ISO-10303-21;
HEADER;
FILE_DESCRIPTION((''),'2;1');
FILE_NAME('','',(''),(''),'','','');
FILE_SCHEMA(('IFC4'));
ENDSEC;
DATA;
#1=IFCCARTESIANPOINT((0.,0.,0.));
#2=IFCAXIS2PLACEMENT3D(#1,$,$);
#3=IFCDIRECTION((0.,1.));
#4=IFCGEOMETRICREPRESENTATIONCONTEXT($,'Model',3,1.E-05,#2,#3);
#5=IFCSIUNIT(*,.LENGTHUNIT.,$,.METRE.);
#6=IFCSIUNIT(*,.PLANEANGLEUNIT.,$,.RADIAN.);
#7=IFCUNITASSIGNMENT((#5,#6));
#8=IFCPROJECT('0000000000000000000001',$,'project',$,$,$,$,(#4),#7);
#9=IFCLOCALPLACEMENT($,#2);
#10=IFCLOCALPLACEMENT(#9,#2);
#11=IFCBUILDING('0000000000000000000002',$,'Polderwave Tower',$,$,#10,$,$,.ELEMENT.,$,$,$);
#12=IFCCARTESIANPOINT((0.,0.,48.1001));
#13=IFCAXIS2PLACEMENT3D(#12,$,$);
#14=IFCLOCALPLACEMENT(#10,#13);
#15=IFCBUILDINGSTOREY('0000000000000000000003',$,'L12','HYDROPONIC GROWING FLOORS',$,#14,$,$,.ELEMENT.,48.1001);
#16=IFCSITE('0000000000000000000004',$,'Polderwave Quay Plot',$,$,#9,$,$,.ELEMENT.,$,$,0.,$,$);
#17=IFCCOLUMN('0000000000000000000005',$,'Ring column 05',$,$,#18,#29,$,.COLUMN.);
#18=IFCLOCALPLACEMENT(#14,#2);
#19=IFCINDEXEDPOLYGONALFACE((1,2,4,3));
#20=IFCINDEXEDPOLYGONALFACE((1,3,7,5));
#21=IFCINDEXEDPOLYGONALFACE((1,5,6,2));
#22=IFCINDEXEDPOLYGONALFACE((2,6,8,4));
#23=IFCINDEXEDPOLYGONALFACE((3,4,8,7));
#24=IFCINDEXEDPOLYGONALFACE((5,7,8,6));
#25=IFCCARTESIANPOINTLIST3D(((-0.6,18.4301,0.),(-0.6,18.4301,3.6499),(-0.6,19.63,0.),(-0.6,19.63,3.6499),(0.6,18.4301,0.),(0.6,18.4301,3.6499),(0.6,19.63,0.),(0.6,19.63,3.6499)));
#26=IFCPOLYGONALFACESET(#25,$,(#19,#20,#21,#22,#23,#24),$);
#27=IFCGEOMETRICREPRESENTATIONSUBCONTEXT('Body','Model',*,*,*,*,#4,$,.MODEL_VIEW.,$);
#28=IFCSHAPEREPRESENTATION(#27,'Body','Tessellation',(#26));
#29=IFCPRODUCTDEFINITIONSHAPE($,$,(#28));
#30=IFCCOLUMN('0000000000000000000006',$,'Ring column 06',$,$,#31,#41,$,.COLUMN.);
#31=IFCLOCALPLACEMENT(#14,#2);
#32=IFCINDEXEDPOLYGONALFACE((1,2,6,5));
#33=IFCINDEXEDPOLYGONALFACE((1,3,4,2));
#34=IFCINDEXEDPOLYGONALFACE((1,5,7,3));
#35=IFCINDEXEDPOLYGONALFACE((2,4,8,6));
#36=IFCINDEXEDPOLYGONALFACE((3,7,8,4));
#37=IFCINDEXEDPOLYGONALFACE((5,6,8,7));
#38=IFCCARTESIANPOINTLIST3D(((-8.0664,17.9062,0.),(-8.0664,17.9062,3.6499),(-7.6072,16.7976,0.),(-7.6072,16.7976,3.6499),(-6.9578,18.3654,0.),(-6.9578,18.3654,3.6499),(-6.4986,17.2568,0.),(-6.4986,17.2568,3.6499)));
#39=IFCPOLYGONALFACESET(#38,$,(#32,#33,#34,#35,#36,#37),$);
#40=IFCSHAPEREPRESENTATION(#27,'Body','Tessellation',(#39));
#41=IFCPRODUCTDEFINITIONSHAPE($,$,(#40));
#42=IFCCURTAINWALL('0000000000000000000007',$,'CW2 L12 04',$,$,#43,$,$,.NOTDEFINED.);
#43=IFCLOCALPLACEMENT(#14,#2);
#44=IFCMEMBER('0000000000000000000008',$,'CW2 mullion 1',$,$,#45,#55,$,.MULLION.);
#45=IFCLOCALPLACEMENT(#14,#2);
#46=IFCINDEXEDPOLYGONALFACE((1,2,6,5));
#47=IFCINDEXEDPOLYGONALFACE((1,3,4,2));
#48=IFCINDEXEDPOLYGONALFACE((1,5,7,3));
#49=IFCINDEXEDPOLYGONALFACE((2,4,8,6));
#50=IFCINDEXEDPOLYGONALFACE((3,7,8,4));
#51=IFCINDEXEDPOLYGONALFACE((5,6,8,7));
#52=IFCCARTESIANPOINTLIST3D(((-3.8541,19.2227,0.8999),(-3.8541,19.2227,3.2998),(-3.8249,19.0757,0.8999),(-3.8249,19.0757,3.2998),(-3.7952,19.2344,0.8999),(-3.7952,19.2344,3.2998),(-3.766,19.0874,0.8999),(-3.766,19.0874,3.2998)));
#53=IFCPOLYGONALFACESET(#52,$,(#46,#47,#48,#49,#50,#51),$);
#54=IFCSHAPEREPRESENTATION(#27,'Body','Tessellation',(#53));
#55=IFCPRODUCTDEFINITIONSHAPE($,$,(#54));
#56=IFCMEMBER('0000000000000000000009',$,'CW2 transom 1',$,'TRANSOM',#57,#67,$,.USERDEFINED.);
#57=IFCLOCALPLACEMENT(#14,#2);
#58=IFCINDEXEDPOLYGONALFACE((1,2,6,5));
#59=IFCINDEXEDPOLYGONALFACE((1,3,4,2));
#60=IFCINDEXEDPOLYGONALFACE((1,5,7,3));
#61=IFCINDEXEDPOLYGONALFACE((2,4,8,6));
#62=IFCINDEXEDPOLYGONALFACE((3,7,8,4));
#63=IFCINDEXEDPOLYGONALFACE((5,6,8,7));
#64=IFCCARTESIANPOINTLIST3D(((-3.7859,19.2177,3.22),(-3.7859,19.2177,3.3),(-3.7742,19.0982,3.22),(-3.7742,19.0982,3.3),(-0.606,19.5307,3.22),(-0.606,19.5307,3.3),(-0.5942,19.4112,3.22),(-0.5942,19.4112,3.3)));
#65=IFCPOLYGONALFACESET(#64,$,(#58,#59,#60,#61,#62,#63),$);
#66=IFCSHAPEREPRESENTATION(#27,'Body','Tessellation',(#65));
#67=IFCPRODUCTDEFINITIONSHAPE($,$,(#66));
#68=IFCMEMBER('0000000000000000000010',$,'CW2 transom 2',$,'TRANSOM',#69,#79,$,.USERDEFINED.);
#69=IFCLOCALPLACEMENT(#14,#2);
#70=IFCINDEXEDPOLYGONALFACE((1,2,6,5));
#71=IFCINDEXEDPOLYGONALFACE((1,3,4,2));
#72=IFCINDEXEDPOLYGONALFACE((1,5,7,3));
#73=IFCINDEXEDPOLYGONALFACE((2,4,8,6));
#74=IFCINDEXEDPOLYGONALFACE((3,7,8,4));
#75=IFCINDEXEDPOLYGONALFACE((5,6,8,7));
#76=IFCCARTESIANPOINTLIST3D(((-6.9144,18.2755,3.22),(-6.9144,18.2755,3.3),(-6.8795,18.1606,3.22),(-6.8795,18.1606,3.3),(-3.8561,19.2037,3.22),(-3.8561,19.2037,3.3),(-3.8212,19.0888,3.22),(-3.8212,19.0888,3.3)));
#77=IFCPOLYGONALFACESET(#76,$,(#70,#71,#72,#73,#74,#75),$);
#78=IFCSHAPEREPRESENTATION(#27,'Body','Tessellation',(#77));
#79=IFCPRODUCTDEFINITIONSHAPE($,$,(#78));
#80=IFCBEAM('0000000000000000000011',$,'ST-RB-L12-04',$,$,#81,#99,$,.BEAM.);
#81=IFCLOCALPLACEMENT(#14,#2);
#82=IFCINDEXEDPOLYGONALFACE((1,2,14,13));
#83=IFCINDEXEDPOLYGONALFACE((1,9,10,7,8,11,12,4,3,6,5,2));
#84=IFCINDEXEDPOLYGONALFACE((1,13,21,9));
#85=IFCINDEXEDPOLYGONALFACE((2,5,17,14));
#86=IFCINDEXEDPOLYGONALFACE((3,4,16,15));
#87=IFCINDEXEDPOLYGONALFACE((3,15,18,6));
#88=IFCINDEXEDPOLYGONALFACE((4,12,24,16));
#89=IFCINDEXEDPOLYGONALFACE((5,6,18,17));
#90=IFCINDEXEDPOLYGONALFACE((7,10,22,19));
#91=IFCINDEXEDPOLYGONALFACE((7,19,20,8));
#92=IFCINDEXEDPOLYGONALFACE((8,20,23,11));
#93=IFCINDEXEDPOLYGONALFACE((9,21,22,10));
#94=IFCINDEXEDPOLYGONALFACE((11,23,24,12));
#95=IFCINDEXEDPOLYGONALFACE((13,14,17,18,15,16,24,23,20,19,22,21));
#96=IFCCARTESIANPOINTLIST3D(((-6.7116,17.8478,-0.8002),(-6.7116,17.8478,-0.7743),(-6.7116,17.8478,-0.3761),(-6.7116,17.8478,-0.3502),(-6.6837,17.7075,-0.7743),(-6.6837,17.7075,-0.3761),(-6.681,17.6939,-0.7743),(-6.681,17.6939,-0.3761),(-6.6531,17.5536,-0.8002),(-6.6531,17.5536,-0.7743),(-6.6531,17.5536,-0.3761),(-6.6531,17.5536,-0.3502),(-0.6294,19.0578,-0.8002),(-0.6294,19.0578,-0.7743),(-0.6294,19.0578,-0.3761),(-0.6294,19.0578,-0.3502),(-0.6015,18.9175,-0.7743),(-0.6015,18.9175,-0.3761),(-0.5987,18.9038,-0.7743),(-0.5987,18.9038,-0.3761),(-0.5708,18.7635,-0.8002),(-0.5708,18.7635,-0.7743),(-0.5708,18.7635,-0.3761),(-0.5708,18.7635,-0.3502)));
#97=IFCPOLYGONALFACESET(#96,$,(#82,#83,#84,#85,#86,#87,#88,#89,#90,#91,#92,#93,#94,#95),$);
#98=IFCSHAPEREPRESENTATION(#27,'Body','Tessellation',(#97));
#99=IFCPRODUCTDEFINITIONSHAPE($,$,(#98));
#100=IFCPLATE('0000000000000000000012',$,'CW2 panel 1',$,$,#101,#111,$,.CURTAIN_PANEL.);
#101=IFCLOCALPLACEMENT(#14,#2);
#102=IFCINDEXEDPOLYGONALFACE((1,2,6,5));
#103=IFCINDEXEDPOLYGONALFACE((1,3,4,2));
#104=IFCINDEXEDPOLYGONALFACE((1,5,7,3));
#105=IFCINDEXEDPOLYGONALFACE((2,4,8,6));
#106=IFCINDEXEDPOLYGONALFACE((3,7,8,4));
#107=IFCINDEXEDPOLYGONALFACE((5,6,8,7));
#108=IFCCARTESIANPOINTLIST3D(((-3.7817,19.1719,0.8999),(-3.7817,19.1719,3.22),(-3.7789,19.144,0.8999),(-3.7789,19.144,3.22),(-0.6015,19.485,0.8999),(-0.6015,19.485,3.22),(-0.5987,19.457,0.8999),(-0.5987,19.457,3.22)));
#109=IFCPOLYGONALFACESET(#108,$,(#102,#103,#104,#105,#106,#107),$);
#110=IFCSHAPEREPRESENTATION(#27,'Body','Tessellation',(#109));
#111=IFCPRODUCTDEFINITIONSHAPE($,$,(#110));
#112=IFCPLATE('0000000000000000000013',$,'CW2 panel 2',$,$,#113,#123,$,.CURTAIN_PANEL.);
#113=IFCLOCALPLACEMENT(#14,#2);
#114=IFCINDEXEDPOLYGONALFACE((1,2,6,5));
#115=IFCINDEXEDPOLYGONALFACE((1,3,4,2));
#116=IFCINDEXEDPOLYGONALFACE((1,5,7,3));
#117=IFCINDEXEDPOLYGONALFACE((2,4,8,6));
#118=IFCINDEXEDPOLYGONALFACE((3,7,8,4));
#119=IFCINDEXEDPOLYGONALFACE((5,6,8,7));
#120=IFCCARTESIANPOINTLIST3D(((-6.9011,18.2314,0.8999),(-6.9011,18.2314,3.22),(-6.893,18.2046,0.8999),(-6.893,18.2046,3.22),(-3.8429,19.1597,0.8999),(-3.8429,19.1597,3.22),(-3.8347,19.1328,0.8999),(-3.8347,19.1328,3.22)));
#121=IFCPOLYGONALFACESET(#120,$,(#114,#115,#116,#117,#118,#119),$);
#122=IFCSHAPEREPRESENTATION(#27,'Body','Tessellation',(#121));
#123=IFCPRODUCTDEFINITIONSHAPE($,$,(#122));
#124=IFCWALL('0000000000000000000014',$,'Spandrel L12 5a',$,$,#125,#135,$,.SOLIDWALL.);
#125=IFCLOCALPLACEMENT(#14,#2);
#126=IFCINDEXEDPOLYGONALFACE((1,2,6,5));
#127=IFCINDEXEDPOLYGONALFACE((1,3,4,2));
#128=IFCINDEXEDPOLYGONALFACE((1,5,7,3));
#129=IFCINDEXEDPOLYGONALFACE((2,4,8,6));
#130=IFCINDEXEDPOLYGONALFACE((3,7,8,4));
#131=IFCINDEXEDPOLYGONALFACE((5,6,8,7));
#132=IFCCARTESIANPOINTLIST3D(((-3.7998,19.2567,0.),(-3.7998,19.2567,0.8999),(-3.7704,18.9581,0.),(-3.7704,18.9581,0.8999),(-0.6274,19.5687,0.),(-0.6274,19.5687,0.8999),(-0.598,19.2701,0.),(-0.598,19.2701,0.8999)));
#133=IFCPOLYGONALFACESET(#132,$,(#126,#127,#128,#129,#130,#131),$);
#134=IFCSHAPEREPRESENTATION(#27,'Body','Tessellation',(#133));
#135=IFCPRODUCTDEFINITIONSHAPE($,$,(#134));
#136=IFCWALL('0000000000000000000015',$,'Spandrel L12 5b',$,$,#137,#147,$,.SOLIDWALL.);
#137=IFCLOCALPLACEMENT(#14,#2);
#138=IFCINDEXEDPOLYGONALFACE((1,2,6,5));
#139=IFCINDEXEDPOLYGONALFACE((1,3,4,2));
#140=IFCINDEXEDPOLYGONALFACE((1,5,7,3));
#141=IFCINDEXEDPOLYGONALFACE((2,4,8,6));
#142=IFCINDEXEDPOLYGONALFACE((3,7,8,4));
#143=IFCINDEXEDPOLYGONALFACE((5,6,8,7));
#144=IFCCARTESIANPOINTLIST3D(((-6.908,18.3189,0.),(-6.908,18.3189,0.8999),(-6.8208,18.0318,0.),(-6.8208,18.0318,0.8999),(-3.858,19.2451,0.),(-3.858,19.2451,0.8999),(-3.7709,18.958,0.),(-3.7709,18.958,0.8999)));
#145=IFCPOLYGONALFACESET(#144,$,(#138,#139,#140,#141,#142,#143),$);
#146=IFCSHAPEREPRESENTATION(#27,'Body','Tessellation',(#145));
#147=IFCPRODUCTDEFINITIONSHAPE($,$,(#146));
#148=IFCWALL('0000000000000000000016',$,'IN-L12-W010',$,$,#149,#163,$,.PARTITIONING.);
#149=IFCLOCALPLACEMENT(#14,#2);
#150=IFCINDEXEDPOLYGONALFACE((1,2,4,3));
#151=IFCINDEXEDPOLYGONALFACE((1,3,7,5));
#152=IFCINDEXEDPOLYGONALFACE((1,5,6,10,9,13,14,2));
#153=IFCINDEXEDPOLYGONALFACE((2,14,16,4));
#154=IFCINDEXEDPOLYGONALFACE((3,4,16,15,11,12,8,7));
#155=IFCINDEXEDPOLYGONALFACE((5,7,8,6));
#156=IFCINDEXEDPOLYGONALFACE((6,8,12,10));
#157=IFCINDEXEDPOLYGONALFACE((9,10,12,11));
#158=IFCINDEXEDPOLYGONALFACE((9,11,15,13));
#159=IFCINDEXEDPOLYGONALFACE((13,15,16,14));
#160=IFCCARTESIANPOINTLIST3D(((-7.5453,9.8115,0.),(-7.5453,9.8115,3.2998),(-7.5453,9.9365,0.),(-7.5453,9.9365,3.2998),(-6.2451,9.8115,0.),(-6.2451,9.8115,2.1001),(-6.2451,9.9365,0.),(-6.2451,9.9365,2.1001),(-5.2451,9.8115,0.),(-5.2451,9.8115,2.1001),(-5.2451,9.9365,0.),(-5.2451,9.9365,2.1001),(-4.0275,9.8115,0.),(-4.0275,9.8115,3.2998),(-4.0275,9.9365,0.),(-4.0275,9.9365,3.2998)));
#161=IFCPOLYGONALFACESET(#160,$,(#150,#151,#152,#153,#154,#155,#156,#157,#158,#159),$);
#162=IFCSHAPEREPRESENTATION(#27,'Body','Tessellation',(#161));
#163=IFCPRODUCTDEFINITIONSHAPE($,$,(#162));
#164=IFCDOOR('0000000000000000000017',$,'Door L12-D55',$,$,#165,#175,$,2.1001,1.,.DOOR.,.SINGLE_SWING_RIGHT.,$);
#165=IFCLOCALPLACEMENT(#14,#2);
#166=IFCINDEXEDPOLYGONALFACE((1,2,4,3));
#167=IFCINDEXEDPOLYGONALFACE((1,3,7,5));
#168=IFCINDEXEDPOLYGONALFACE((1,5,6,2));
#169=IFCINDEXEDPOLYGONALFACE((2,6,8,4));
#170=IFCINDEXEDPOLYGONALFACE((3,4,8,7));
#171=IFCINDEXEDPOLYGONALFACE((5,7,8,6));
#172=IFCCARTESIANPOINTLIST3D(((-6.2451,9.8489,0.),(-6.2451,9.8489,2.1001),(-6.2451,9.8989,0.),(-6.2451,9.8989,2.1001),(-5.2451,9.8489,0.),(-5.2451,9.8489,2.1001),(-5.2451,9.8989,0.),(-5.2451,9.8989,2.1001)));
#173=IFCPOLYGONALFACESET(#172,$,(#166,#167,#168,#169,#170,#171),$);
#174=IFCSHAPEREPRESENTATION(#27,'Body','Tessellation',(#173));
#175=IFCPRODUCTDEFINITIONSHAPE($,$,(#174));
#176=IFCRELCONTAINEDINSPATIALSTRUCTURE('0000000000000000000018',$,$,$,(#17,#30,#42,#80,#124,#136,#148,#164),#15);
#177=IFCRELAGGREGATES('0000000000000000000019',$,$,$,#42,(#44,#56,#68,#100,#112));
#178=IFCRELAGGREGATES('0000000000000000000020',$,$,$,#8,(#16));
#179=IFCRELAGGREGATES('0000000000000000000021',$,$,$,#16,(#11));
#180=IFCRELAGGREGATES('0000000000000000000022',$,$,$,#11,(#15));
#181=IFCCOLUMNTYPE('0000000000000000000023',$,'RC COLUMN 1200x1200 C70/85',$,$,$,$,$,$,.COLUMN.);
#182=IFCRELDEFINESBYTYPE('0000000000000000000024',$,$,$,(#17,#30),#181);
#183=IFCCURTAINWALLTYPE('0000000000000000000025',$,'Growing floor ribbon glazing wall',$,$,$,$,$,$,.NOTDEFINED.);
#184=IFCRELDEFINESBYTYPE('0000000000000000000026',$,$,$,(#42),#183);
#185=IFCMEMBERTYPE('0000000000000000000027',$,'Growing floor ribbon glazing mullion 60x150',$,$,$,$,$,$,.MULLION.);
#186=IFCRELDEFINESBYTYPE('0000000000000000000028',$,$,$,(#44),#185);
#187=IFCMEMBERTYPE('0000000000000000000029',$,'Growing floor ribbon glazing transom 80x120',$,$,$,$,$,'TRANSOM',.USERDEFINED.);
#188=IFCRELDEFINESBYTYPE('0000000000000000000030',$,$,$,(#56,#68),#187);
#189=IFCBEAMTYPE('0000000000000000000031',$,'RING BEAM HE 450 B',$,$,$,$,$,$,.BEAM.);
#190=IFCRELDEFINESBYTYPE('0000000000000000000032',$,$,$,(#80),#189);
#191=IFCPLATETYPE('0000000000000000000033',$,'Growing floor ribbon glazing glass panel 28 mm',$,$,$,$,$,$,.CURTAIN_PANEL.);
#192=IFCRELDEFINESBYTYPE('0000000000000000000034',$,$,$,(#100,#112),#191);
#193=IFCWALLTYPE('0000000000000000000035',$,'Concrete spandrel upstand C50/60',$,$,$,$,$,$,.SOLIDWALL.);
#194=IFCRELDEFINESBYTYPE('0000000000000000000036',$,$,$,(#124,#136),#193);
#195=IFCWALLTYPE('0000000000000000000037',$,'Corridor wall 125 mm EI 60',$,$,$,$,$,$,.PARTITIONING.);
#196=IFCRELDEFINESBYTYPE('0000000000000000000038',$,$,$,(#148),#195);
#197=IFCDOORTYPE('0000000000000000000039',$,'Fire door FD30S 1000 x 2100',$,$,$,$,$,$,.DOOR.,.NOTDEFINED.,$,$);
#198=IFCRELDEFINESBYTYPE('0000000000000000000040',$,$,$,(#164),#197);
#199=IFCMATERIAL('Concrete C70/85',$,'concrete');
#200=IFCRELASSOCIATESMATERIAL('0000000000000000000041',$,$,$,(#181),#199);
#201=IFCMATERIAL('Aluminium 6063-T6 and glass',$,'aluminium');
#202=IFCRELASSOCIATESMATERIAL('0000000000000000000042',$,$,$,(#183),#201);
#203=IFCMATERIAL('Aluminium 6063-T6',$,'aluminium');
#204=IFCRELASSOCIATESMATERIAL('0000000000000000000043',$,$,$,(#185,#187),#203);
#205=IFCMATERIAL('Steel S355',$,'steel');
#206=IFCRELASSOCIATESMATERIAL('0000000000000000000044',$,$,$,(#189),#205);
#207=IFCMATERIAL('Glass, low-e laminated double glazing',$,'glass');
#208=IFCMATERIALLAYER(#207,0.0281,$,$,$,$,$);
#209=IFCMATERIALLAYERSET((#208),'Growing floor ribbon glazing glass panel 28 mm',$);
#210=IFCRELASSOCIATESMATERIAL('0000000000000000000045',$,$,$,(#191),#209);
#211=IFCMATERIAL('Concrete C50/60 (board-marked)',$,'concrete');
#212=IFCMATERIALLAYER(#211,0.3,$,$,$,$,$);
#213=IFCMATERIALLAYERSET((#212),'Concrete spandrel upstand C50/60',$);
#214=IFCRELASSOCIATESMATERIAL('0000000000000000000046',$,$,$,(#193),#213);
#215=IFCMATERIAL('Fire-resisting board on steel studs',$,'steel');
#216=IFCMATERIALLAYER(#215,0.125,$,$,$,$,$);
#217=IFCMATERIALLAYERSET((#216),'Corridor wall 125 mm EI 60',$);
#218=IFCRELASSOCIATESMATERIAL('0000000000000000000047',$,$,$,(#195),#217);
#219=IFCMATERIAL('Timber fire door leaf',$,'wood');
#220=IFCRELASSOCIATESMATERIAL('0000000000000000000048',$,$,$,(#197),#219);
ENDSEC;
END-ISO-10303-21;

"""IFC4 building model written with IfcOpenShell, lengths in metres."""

from ifc_helpers import new_model, si_unit, direction, frame, frame_2d, origin, origin_2d, place, context, subcontext, project, spatial, rectangle, i_section, extrude, material, layer, layer_set, material_profile, profile_set, type_object, element, fill, aggregate, save


model = new_model("IFC4")

# Units and contexts
model_context = context("Model", 3, precision=1e-05, world=origin(), true_north=direction((0.0, 1.0)))
body_context = subcontext(model_context, "Body", "Model", "MODEL_VIEW")
ifc_project = project(units=[si_unit("LENGTHUNIT", "METRE"), si_unit("PLANEANGLEUNIT", "RADIAN")], contexts=[model_context])

# Site, building, storey
site_placement = place(None, origin())
site = spatial("IfcSite", under=ifc_project, at=site_placement, Name="Polderwave Quay Plot", CompositionType="ELEMENT", RefElevation=0.0)
building_placement = place(site_placement, origin())
building = spatial("IfcBuilding", under=site, at=building_placement, Name="Polderwave Tower", CompositionType="ELEMENT")
storey_placement = place(building_placement, frame((0.0, 0.0, 48.1001)))
storey = spatial("IfcBuildingStorey", under=building, at=storey_placement, Name="L12", Description="HYDROPONIC GROWING FLOORS", CompositionType="ELEMENT", Elevation=48.1001)

# Columns
ifc_material_1 = material(Name="Concrete C70/85", Category="concrete")
ifc_material_profile_1 = material_profile(ifc_material_1, rectangle(XDim=1.2, YDim=1.2, at=origin_2d()), Name="RC 1200x1200")
ifc_profile_set_1 = profile_set([ifc_material_profile_1], Name="Concrete C70/85")
column_type = type_object("IfcColumnType", Name="RC COLUMN 1200x1200 C70/85", PredefinedType="COLUMN", material=ifc_profile_set_1)
for number, where, z_axis, x_axis, name in (
    (1, (0.0, 19.03, 0.0), (0.0, 0.0, 1.0), (0.0, 1.0, 0.0), "Ring column 05"),
    (2, (-7.2825, 17.5815, 0.0), (0.0, 0.0, 1.0), (-0.382683, 0.92388, 0.0), "Ring column 06"),
):
    element("IfcColumn", number, at=place(storey_placement, frame(where, z_axis=z_axis, x_axis=x_axis)), inside=storey, type_object=column_type, Name=name, PredefinedType="COLUMN", context=body_context, shape_type="SweptSolid", body=[
        extrude(rectangle(XDim=1.2, YDim=1.2, at=origin_2d()), origin(), (0.0, 0.0, 1.0), 3.6499),
    ])

# Curtain wall, members
ifc_material_2 = material(Name="Aluminium 6063-T6 and glass", Category="aluminium")
curtain_wall_type = type_object("IfcCurtainWallType", Name="Growing floor ribbon glazing wall", PredefinedType="NOTDEFINED", material=ifc_material_2)
curtain_wall_placement = place(storey_placement, origin())
curtain_wall = element("IfcCurtainWall", 3, at=curtain_wall_placement, inside=storey, type_object=curtain_wall_type, Name="CW2 L12 04", PredefinedType="NOTDEFINED")
ifc_material_3 = material(Name="Aluminium 6063-T6", Category="aluminium")
ifc_material_profile_2 = material_profile(ifc_material_3, rectangle(XDim=0.1499, YDim=0.0601, at=origin_2d()), Name="AL 60x150")
ifc_profile_set_2 = profile_set([ifc_material_profile_2], Name="Aluminium 6063-T6")
member_type_1 = type_object("IfcMemberType", Name="Growing floor ribbon glazing mullion 60x150", PredefinedType="MULLION", material=ifc_profile_set_2)
member_1_placement = place(storey_placement, frame((-3.8101, 19.155, 0.8999), z_axis=(0.0, 0.0, 1.0), x_axis=(0.195149, -0.980774, 0.0)))
member_1 = element("IfcMember", 4, at=member_1_placement, type_object=member_type_1, Name="CW2 mullion 1", PredefinedType="MULLION", context=body_context, shape_type="SweptSolid", body=[
    extrude(rectangle(XDim=0.1499, YDim=0.0601, at=origin_2d()), origin(), (0.0, 0.0, 1.0), 2.3999),
])
ifc_material_profile_3 = material_profile(ifc_material_3, rectangle(XDim=0.1201, YDim=0.0801, at=origin_2d()), Name="AL 80x120")
ifc_profile_set_3 = profile_set([ifc_material_profile_3], Name="Aluminium 6063-T6")
member_type_2 = type_object("IfcMemberType", Name="Growing floor ribbon glazing transom 80x120", ElementType="TRANSOM", PredefinedType="USERDEFINED", material=ifc_profile_set_3)
member_2_placement = place(storey_placement, frame((-0.6001, 19.4709, 3.26), z_axis=(-0.995191, -0.097953, 0.0), x_axis=(0.097953, -0.995191, 0.0)))
member_2 = element("IfcMember", 5, at=member_2_placement, type_object=member_type_2, Name="CW2 transom 1", ObjectType="TRANSOM", PredefinedType="USERDEFINED", context=body_context, shape_type="SweptSolid", body=[
    extrude(rectangle(XDim=0.1201, YDim=0.0801, at=origin_2d()), origin(), (0.0, 0.0, 1.0), 3.1953),
])
member_3_placement = place(storey_placement, frame((-3.8386, 19.1462, 3.26), z_axis=(-0.956898, -0.290423, 0.0), x_axis=(0.290423, -0.956898, 0.0)))
member_3 = element("IfcMember", 6, at=member_3_placement, type_object=member_type_2, Name="CW2 transom 2", ObjectType="TRANSOM", PredefinedType="USERDEFINED", context=body_context, shape_type="SweptSolid", body=[
    extrude(rectangle(XDim=0.1201, YDim=0.0801, at=origin_2d()), origin(), (0.0, 0.0, 1.0), 3.196),
])

# Beam
ifc_material_4 = material(Name="Steel S355", Category="steel")
ifc_material_profile_4 = material_profile(ifc_material_4, i_section(OverallWidth=0.3, OverallDepth=0.45, WebThickness=0.0139, FlangeThickness=0.0259, at=origin_2d()), Name="HE 450 B")
ifc_profile_set_4 = profile_set([ifc_material_profile_4], Name="Steel S355")
beam_type = type_object("IfcBeamType", Name="RING BEAM HE 450 B", PredefinedType="BEAM", material=ifc_profile_set_4)
beam_placement = place(storey_placement, frame((-0.6001, 18.9106, -0.5752), z_axis=(-0.980782, -0.195109, 0.0), x_axis=(0.195109, -0.980782, 0.0)))
element("IfcBeam", 7, at=beam_placement, inside=storey, type_object=beam_type, Name="ST-RB-L12-04", PredefinedType="BEAM", context=body_context, shape_type="SweptSolid", body=[
    extrude(i_section(OverallWidth=0.3, OverallDepth=0.45, WebThickness=0.0139, FlangeThickness=0.0259, at=origin_2d()), origin(), (0.0, 0.0, 1.0), 6.2014),
])

# Plates
ifc_material_5 = material(Name="Glass, low-e laminated double glazing", Category="glass")
ifc_layer_1 = layer(ifc_material_5, 0.0281)
ifc_layer_set_1 = layer_set([ifc_layer_1], Name="Growing floor ribbon glazing glass panel 28 mm")
plate_type = type_object("IfcPlateType", Name="Growing floor ribbon glazing glass panel 28 mm", PredefinedType="CURTAIN_PANEL", material=ifc_layer_set_1)
plate_1_placement = place(storey_placement, frame((-2.1902, 19.3145, 0.8999), z_axis=(0.0, 0.0, 1.0), x_axis=(-0.99519, -0.097969, 0.0)))
plate_1 = element("IfcPlate", 8, at=plate_1_placement, type_object=plate_type, Name="CW2 panel 1", PredefinedType="CURTAIN_PANEL", context=body_context, shape_type="SweptSolid", body=[
    extrude(rectangle(XDim=3.1956, YDim=0.0281, at=origin_2d()), origin(), (0.0, 0.0, 1.0), 2.3201),
])
plate_2_placement = place(storey_placement, frame((-5.3679, 18.6821, 0.8999), z_axis=(0.0, 0.0, 1.0), x_axis=(-0.956891, -0.290447, 0.0)))
plate_2 = element("IfcPlate", 9, at=plate_2_placement, type_object=plate_type, Name="CW2 panel 2", PredefinedType="CURTAIN_PANEL", context=body_context, shape_type="SweptSolid", body=[
    extrude(rectangle(XDim=3.196, YDim=0.0281, at=origin_2d()), origin(), (0.0, 0.0, 1.0), 2.3201),
])
aggregate(curtain_wall, [member_1, member_2, member_3, plate_1, plate_2])

# Walls
ifc_material_6 = material(Name="Concrete C50/60 (board-marked)", Category="concrete")
ifc_layer_2 = layer(ifc_material_6, 0.3)
ifc_layer_set_2 = layer_set([ifc_layer_2], Name="Concrete spandrel upstand C50/60")
wall_type_1 = type_object("IfcWallType", Name="Concrete spandrel upstand C50/60", PredefinedType="SOLIDWALL", material=ifc_layer_set_2)
wall_1_placement = place(storey_placement, frame((-0.6128, 19.4194, 0.0), z_axis=(0.0, 0.0, 1.0), x_axis=(-0.995198, -0.097881, 0.0)))
element("IfcWall", 10, at=wall_1_placement, inside=storey, type_object=wall_type_1, Name="Spandrel L12 5a", PredefinedType="SOLIDWALL", context=body_context, shape_type="SweptSolid", body=[
    extrude(rectangle(XDim=3.1877, YDim=0.3, at=frame_2d((1.5938, 0.0))), origin(), (0.0, 0.0, 1.0), 0.8999),
])
wall_2_placement = place(storey_placement, frame((-3.8145, 19.1016, 0.0), z_axis=(0.0, 0.0, 1.0), x_axis=(-0.956849, -0.290586, 0.0)))
element("IfcWall", 11, at=wall_2_placement, inside=storey, type_object=wall_type_1, Name="Spandrel L12 5b", PredefinedType="SOLIDWALL", context=body_context, shape_type="SweptSolid", body=[
    extrude(rectangle(XDim=3.1875, YDim=0.3, at=frame_2d((1.5938, 0.0))), origin(), (0.0, 0.0, 1.0), 0.8999),
])

# Wall, opening, door
ifc_material_7 = material(Name="Fire-resisting board on steel studs", Category="steel")
ifc_layer_3 = layer(ifc_material_7, 0.125)
ifc_layer_set_3 = layer_set([ifc_layer_3], Name="Corridor wall 125 mm EI 60")
wall_type_2 = type_object("IfcWallType", Name="Corridor wall 125 mm EI 60", PredefinedType="PARTITIONING", material=ifc_layer_set_3)
wall_3_placement = place(storey_placement, frame((-7.5452, 9.874, 0.0), z_axis=(0.0, 0.0, 1.0), x_axis=(1.0, 0.0, 0.0)))
wall_3 = element("IfcWall", 12, at=wall_3_placement, inside=storey, type_object=wall_type_2, Name="IN-L12-W010", PredefinedType="PARTITIONING", context=body_context, shape_type="SweptSolid", body=[
    extrude(rectangle(XDim=3.5178, YDim=0.125, at=frame_2d((1.7588, 0.0))), origin(), (0.0, 0.0, 1.0), 3.2998),
])
opening_1_placement = place(wall_3_placement, frame((1.3, 0.0, 0.0)))
opening_1 = element("IfcOpeningElement", 13, at=opening_1_placement, cuts=wall_3, PredefinedType="OPENING", context=body_context, shape_type="SweptSolid", body=[
    extrude(rectangle(XDim=1.0, YDim=2.1001, at=frame_2d((0.5, 1.05))), frame((0.0, 0.0725, 0.0), z_axis=(0.0, -1.0, 0.0), x_axis=(1.0, 0.0, 0.0)), (0.0, 0.0, 1.0), 0.145),
])
ifc_material_8 = material(Name="Timber fire door leaf", Category="wood")
door_type = type_object("IfcDoorType", Name="Fire door FD30S 1000 x 2100", OperationType="NOTDEFINED", PredefinedType="DOOR", material=ifc_material_8)
door_1_placement = place(opening_1_placement, origin())
door_1 = element("IfcDoor", 14, at=door_1_placement, inside=storey, type_object=door_type, Name="Door L12-D55", OperationType="SINGLE_SWING_RIGHT", OverallHeight=2.1001, OverallWidth=1.0, PredefinedType="DOOR", context=body_context, shape_type="SweptSolid", body=[
    extrude(rectangle(XDim=1.0, YDim=2.1001, at=frame_2d((0.5, 1.05))), frame((0.0, 0.0249, 0.0), z_axis=(0.0, -1.0, 0.0), x_axis=(1.0, 0.0, 0.0)), (0.0, 0.0, 1.0), 0.05),
])
fill(opening_1, door_1)

save(model, "model.ifc")
